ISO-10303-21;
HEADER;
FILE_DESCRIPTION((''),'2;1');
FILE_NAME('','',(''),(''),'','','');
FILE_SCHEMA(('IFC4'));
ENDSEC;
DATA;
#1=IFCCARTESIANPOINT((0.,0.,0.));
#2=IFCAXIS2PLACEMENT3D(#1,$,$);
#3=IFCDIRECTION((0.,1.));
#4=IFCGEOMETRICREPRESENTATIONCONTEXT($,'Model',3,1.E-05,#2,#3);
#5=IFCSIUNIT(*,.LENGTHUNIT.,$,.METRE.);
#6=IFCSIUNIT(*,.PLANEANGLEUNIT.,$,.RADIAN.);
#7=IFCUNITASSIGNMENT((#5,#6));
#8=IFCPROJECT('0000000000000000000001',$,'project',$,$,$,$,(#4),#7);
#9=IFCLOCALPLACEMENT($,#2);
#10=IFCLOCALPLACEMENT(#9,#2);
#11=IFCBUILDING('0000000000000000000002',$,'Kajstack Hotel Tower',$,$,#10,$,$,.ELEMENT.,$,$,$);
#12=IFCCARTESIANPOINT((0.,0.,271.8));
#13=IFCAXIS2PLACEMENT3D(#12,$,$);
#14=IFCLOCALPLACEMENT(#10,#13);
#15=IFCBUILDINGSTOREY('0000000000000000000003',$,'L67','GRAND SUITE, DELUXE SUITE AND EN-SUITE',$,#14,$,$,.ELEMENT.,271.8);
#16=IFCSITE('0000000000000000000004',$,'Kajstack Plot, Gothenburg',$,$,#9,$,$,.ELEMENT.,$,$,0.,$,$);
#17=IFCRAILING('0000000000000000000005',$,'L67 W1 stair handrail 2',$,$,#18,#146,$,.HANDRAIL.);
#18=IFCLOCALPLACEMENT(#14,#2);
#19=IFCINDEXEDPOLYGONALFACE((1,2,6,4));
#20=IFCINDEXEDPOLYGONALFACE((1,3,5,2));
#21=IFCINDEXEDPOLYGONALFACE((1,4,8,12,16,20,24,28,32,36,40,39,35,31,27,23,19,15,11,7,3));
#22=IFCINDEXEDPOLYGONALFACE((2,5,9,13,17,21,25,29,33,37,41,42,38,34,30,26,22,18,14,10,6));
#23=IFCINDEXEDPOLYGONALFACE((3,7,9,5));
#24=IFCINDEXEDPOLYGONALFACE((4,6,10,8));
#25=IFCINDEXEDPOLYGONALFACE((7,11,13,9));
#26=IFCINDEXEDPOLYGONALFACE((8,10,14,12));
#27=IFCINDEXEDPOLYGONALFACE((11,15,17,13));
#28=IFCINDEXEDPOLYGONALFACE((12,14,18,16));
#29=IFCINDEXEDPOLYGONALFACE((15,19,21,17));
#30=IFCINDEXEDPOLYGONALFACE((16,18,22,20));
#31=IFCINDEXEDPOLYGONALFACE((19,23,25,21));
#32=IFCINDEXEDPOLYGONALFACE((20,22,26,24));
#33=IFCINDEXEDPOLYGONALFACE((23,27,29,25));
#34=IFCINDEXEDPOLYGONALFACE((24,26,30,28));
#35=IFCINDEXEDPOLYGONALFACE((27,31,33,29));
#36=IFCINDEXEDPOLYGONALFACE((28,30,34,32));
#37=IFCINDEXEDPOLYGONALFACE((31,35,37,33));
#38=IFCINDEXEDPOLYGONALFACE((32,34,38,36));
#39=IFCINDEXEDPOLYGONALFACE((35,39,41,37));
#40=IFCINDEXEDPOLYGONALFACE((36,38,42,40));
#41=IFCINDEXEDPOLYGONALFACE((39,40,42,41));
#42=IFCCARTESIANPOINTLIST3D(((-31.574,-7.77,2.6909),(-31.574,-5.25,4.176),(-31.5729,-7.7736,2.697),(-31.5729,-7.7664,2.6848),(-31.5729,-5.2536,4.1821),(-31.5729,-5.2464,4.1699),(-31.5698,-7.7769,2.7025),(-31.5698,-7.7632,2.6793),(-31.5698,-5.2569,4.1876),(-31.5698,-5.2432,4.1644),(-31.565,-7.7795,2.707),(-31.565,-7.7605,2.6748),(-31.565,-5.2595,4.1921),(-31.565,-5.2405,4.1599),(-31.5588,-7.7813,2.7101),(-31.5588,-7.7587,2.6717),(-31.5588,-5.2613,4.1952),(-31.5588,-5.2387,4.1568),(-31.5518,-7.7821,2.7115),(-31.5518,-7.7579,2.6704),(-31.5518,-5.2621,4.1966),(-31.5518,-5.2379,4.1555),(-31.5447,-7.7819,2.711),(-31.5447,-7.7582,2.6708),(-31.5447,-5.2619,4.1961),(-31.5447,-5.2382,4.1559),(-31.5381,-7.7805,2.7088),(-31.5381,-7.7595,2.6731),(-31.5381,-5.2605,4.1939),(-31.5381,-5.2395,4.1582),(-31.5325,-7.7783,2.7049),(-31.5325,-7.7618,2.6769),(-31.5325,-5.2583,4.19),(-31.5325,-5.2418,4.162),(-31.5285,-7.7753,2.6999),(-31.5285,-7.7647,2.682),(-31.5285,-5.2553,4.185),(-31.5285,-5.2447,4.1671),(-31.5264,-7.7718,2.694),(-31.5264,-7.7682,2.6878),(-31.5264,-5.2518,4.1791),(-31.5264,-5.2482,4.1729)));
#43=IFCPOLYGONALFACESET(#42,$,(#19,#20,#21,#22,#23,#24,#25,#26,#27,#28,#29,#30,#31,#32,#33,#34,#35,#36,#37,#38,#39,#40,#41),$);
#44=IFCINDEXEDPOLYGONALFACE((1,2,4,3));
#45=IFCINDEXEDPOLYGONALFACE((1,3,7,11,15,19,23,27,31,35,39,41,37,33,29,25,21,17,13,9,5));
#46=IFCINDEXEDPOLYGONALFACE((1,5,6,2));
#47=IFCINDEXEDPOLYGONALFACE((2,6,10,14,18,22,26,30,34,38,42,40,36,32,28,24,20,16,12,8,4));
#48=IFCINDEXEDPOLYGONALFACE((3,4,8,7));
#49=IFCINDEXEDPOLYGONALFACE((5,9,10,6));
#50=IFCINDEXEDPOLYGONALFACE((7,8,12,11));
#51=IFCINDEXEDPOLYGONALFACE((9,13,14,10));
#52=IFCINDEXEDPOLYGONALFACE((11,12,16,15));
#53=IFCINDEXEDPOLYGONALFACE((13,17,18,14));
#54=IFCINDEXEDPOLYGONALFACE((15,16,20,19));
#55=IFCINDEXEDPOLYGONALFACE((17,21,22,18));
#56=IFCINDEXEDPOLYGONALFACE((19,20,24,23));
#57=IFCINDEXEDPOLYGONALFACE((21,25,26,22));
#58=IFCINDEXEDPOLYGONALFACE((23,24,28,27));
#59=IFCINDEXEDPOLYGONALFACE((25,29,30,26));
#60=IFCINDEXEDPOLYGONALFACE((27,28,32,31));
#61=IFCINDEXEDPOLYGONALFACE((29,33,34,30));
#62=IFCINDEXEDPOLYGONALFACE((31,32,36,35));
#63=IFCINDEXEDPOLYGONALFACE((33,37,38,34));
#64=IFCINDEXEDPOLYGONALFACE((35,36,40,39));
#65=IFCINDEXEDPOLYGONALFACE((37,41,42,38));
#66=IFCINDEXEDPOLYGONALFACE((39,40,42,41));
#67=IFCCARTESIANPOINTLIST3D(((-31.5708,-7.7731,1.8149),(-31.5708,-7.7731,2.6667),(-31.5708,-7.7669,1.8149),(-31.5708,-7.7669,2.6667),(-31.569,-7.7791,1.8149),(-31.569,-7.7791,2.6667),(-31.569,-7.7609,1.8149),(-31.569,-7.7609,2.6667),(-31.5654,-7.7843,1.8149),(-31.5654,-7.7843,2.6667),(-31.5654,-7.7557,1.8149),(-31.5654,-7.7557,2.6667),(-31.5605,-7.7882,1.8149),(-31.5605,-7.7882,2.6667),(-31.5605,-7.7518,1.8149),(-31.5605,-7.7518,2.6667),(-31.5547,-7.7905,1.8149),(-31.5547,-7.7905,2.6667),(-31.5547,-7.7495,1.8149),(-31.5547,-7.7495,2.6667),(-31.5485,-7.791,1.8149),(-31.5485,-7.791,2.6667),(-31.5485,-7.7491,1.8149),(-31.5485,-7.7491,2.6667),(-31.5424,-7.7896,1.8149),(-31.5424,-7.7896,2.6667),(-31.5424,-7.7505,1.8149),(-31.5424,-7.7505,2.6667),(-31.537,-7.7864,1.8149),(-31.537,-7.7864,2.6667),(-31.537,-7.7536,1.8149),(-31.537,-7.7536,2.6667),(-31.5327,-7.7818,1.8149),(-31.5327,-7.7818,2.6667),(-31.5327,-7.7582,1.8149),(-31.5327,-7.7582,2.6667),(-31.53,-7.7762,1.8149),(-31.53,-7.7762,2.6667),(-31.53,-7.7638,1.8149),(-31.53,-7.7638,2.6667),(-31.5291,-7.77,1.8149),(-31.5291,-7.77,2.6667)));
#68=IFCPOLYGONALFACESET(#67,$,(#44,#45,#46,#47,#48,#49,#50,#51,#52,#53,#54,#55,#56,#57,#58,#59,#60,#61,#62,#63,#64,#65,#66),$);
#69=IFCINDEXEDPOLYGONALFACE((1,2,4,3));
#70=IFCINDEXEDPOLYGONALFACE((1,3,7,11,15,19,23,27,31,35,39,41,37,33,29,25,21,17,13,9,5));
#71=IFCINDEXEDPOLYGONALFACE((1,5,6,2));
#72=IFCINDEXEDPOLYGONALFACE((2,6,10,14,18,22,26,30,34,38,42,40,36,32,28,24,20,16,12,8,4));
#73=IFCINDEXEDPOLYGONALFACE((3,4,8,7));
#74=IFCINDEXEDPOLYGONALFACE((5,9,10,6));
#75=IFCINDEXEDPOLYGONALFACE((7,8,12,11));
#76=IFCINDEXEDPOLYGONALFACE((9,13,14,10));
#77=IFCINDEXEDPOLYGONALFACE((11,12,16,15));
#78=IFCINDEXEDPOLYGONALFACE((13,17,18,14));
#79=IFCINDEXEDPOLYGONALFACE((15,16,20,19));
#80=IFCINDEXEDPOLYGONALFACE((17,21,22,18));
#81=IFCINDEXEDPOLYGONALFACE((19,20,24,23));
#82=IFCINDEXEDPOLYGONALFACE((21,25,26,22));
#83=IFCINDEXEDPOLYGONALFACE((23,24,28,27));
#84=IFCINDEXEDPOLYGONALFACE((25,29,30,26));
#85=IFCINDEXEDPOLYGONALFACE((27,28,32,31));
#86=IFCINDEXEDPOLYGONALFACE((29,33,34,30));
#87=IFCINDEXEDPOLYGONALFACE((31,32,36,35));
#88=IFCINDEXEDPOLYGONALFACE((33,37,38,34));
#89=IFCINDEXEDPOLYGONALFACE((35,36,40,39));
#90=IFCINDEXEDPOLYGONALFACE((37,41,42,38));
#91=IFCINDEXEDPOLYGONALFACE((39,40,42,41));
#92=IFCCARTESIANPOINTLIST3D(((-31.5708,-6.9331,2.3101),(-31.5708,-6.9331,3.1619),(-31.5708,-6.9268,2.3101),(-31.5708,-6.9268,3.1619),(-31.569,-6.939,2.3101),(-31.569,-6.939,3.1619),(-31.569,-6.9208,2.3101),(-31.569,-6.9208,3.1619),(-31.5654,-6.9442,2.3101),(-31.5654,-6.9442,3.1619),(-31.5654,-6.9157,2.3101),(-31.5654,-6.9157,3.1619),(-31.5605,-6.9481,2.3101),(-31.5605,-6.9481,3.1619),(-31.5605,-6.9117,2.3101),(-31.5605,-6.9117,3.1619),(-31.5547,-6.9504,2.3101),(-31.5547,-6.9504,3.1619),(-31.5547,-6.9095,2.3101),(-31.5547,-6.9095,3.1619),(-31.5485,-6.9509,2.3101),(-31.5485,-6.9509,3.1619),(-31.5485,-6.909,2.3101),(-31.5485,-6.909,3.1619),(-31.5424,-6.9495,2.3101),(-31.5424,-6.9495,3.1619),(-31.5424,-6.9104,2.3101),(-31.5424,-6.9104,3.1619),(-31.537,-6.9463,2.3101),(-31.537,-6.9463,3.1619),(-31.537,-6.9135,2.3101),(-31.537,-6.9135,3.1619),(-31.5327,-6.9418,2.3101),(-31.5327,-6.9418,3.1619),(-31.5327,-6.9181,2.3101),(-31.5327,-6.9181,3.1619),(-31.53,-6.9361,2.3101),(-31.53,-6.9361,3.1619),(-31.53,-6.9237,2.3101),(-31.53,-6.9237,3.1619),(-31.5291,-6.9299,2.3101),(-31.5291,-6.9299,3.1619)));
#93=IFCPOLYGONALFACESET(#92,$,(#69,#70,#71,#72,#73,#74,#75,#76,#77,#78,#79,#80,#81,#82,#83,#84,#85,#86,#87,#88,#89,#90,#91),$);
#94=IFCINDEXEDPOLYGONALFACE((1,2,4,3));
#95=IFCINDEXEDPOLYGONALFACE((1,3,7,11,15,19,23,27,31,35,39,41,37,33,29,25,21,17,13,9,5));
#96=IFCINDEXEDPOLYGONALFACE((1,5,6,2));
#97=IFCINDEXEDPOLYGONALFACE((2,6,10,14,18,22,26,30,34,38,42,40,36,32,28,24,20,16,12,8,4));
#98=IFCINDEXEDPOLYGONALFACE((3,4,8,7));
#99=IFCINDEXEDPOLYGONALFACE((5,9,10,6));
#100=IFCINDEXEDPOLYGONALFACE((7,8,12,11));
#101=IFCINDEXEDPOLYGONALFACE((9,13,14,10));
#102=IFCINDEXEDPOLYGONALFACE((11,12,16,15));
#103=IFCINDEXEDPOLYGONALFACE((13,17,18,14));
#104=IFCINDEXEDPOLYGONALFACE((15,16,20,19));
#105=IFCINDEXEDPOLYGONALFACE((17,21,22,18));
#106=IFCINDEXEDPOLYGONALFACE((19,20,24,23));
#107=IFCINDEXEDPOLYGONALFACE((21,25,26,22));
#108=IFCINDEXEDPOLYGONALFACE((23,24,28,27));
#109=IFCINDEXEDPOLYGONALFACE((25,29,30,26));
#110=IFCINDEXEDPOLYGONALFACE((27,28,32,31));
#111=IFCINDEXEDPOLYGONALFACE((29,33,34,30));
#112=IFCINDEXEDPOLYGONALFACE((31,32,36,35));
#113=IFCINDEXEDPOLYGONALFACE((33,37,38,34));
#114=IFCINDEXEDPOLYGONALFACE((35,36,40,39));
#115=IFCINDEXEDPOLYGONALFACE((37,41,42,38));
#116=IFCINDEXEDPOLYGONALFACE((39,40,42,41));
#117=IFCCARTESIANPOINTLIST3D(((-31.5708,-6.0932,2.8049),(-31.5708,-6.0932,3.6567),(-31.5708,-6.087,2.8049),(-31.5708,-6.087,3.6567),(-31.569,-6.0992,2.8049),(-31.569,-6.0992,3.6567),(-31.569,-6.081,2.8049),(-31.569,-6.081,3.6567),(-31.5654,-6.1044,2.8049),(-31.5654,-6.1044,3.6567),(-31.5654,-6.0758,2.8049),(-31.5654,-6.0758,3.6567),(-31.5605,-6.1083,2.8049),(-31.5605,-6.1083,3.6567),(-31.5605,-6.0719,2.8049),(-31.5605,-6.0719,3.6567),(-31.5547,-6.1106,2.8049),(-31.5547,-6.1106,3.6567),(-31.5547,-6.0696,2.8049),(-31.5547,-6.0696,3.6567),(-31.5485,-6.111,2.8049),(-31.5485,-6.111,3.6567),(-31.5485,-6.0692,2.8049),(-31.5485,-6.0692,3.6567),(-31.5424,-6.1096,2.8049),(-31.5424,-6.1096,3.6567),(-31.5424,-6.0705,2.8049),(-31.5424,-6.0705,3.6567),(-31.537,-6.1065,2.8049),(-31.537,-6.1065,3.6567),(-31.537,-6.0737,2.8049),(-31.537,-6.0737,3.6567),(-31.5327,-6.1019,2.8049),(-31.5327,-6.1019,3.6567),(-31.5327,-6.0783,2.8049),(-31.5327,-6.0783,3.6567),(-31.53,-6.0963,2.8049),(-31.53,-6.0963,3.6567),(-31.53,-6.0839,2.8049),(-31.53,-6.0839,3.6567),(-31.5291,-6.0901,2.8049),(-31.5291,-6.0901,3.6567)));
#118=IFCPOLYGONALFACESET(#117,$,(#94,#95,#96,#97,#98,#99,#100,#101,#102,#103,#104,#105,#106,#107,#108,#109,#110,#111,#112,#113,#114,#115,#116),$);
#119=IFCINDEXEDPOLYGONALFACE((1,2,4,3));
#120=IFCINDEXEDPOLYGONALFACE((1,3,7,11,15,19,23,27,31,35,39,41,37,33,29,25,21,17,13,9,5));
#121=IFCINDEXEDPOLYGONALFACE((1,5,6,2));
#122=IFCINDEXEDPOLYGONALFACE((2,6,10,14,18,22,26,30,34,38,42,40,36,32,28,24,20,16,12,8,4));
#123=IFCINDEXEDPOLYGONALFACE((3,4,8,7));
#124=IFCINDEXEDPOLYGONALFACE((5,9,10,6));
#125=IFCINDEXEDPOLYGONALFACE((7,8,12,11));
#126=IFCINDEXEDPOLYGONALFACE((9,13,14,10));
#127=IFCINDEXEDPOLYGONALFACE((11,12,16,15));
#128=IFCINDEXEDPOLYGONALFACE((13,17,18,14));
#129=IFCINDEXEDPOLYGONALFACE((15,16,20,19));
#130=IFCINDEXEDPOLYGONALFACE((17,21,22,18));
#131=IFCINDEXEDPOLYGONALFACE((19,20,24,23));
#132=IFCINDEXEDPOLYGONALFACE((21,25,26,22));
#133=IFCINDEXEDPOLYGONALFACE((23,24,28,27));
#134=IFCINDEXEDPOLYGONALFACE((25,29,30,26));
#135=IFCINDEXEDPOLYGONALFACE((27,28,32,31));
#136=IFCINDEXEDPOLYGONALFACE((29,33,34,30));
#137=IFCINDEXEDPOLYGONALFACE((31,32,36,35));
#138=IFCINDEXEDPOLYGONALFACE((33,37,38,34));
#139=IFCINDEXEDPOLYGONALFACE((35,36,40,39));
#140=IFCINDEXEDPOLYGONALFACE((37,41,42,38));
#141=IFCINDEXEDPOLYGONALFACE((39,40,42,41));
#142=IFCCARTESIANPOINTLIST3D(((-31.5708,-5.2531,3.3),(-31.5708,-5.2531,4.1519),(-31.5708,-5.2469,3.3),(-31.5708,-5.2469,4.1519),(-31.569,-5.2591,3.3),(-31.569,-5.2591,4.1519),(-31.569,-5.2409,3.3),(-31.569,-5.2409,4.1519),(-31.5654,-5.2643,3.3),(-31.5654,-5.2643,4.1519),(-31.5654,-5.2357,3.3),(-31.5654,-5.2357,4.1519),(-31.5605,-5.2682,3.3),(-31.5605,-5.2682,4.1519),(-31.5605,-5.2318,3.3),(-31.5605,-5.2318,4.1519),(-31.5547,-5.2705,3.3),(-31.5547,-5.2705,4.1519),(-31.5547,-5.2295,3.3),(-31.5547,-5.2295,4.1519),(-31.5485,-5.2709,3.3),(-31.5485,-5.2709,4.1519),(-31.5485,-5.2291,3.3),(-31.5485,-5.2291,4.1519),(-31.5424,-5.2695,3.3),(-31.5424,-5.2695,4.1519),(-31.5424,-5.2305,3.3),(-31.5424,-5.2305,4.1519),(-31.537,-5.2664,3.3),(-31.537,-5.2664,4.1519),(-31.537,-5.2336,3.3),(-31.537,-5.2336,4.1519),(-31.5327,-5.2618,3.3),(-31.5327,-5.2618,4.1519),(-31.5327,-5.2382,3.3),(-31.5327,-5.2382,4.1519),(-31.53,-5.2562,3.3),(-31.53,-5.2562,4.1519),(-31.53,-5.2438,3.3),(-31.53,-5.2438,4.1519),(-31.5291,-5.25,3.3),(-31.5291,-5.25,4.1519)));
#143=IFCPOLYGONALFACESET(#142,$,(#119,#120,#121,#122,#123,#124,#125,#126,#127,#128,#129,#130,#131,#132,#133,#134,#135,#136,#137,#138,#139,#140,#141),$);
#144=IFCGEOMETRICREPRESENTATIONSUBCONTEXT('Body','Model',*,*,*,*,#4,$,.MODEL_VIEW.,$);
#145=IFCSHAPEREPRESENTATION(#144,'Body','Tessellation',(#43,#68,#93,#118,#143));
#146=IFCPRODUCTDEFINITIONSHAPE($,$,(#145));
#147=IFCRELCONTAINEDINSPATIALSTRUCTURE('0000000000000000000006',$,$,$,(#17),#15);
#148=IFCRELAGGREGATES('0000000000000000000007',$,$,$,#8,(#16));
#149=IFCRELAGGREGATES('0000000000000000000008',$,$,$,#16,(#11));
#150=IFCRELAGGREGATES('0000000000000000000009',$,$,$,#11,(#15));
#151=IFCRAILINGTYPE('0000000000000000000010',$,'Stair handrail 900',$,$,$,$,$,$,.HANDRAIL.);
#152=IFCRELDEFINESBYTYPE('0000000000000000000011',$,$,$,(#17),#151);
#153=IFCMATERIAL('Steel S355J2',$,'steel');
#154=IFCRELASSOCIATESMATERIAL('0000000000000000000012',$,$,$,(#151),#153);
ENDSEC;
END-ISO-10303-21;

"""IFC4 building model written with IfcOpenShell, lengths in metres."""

from ifc_helpers import new_model, si_unit, direction, frame, origin, origin_2d, place, context, subcontext, project, spatial, circle, extrude, material, type_object, element, save


model = new_model("IFC4")

# Units and contexts
model_context = context("Model", 3, precision=1e-05, world=origin(), true_north=direction((0.0, 1.0)))
body_context = subcontext(model_context, "Body", "Model", "MODEL_VIEW")
ifc_project = project(units=[si_unit("LENGTHUNIT", "METRE"), si_unit("PLANEANGLEUNIT", "RADIAN")], contexts=[model_context])

# Site, building, storey
site_placement = place(None, origin())
site = spatial("IfcSite", under=ifc_project, at=site_placement, Name="Kajstack Plot, Gothenburg", CompositionType="ELEMENT", RefElevation=0.0)
building_placement = place(site_placement, origin())
building = spatial("IfcBuilding", under=site, at=building_placement, Name="Kajstack Hotel Tower", CompositionType="ELEMENT")
storey_placement = place(building_placement, frame((0.0, 0.0, 271.8)))
storey = spatial("IfcBuildingStorey", under=building, at=storey_placement, Name="L67", Description="GRAND SUITE, DELUXE SUITE AND EN-SUITE", CompositionType="ELEMENT", Elevation=271.8)

# Railing
ifc_material_1 = material(Name="Steel S355J2", Category="steel")
railing_type = type_object("IfcRailingType", Name="Stair handrail 900", PredefinedType="HANDRAIL", material=ifc_material_1)
railing_1_placement = place(storey_placement, frame((-31.55, -7.77, 1.8149)))
element("IfcRailing", 1, at=railing_1_placement, inside=storey, type_object=railing_type, Name="L67 W1 stair handrail 2", PredefinedType="HANDRAIL", context=body_context, shape_type="SweptSolid", body=[
    extrude(circle(Radius=0.0239, at=origin_2d()), frame((0.0, 0.0, 0.876), z_axis=(0.0, 0.861524, 0.507717), x_axis=(-1.0, 0.0, 0.0)), (0.0, 0.0, 1.0), 2.925),
    extrude(circle(Radius=0.021, at=origin_2d()), origin(), (0.0, 0.0, 1.0), 0.8518),
    extrude(circle(Radius=0.021, at=origin_2d()), frame((0.0, 0.8401, 0.4951)), (0.0, 0.0, 1.0), 0.8518),
    extrude(circle(Radius=0.021, at=origin_2d()), frame((0.0, 1.6799, 0.99)), (0.0, 0.0, 1.0), 0.8518),
    extrude(circle(Radius=0.021, at=origin_2d()), frame((0.0, 2.52, 1.4851)), (0.0, 0.0, 1.0), 0.8518),
])

save(model, "model.ifc")
